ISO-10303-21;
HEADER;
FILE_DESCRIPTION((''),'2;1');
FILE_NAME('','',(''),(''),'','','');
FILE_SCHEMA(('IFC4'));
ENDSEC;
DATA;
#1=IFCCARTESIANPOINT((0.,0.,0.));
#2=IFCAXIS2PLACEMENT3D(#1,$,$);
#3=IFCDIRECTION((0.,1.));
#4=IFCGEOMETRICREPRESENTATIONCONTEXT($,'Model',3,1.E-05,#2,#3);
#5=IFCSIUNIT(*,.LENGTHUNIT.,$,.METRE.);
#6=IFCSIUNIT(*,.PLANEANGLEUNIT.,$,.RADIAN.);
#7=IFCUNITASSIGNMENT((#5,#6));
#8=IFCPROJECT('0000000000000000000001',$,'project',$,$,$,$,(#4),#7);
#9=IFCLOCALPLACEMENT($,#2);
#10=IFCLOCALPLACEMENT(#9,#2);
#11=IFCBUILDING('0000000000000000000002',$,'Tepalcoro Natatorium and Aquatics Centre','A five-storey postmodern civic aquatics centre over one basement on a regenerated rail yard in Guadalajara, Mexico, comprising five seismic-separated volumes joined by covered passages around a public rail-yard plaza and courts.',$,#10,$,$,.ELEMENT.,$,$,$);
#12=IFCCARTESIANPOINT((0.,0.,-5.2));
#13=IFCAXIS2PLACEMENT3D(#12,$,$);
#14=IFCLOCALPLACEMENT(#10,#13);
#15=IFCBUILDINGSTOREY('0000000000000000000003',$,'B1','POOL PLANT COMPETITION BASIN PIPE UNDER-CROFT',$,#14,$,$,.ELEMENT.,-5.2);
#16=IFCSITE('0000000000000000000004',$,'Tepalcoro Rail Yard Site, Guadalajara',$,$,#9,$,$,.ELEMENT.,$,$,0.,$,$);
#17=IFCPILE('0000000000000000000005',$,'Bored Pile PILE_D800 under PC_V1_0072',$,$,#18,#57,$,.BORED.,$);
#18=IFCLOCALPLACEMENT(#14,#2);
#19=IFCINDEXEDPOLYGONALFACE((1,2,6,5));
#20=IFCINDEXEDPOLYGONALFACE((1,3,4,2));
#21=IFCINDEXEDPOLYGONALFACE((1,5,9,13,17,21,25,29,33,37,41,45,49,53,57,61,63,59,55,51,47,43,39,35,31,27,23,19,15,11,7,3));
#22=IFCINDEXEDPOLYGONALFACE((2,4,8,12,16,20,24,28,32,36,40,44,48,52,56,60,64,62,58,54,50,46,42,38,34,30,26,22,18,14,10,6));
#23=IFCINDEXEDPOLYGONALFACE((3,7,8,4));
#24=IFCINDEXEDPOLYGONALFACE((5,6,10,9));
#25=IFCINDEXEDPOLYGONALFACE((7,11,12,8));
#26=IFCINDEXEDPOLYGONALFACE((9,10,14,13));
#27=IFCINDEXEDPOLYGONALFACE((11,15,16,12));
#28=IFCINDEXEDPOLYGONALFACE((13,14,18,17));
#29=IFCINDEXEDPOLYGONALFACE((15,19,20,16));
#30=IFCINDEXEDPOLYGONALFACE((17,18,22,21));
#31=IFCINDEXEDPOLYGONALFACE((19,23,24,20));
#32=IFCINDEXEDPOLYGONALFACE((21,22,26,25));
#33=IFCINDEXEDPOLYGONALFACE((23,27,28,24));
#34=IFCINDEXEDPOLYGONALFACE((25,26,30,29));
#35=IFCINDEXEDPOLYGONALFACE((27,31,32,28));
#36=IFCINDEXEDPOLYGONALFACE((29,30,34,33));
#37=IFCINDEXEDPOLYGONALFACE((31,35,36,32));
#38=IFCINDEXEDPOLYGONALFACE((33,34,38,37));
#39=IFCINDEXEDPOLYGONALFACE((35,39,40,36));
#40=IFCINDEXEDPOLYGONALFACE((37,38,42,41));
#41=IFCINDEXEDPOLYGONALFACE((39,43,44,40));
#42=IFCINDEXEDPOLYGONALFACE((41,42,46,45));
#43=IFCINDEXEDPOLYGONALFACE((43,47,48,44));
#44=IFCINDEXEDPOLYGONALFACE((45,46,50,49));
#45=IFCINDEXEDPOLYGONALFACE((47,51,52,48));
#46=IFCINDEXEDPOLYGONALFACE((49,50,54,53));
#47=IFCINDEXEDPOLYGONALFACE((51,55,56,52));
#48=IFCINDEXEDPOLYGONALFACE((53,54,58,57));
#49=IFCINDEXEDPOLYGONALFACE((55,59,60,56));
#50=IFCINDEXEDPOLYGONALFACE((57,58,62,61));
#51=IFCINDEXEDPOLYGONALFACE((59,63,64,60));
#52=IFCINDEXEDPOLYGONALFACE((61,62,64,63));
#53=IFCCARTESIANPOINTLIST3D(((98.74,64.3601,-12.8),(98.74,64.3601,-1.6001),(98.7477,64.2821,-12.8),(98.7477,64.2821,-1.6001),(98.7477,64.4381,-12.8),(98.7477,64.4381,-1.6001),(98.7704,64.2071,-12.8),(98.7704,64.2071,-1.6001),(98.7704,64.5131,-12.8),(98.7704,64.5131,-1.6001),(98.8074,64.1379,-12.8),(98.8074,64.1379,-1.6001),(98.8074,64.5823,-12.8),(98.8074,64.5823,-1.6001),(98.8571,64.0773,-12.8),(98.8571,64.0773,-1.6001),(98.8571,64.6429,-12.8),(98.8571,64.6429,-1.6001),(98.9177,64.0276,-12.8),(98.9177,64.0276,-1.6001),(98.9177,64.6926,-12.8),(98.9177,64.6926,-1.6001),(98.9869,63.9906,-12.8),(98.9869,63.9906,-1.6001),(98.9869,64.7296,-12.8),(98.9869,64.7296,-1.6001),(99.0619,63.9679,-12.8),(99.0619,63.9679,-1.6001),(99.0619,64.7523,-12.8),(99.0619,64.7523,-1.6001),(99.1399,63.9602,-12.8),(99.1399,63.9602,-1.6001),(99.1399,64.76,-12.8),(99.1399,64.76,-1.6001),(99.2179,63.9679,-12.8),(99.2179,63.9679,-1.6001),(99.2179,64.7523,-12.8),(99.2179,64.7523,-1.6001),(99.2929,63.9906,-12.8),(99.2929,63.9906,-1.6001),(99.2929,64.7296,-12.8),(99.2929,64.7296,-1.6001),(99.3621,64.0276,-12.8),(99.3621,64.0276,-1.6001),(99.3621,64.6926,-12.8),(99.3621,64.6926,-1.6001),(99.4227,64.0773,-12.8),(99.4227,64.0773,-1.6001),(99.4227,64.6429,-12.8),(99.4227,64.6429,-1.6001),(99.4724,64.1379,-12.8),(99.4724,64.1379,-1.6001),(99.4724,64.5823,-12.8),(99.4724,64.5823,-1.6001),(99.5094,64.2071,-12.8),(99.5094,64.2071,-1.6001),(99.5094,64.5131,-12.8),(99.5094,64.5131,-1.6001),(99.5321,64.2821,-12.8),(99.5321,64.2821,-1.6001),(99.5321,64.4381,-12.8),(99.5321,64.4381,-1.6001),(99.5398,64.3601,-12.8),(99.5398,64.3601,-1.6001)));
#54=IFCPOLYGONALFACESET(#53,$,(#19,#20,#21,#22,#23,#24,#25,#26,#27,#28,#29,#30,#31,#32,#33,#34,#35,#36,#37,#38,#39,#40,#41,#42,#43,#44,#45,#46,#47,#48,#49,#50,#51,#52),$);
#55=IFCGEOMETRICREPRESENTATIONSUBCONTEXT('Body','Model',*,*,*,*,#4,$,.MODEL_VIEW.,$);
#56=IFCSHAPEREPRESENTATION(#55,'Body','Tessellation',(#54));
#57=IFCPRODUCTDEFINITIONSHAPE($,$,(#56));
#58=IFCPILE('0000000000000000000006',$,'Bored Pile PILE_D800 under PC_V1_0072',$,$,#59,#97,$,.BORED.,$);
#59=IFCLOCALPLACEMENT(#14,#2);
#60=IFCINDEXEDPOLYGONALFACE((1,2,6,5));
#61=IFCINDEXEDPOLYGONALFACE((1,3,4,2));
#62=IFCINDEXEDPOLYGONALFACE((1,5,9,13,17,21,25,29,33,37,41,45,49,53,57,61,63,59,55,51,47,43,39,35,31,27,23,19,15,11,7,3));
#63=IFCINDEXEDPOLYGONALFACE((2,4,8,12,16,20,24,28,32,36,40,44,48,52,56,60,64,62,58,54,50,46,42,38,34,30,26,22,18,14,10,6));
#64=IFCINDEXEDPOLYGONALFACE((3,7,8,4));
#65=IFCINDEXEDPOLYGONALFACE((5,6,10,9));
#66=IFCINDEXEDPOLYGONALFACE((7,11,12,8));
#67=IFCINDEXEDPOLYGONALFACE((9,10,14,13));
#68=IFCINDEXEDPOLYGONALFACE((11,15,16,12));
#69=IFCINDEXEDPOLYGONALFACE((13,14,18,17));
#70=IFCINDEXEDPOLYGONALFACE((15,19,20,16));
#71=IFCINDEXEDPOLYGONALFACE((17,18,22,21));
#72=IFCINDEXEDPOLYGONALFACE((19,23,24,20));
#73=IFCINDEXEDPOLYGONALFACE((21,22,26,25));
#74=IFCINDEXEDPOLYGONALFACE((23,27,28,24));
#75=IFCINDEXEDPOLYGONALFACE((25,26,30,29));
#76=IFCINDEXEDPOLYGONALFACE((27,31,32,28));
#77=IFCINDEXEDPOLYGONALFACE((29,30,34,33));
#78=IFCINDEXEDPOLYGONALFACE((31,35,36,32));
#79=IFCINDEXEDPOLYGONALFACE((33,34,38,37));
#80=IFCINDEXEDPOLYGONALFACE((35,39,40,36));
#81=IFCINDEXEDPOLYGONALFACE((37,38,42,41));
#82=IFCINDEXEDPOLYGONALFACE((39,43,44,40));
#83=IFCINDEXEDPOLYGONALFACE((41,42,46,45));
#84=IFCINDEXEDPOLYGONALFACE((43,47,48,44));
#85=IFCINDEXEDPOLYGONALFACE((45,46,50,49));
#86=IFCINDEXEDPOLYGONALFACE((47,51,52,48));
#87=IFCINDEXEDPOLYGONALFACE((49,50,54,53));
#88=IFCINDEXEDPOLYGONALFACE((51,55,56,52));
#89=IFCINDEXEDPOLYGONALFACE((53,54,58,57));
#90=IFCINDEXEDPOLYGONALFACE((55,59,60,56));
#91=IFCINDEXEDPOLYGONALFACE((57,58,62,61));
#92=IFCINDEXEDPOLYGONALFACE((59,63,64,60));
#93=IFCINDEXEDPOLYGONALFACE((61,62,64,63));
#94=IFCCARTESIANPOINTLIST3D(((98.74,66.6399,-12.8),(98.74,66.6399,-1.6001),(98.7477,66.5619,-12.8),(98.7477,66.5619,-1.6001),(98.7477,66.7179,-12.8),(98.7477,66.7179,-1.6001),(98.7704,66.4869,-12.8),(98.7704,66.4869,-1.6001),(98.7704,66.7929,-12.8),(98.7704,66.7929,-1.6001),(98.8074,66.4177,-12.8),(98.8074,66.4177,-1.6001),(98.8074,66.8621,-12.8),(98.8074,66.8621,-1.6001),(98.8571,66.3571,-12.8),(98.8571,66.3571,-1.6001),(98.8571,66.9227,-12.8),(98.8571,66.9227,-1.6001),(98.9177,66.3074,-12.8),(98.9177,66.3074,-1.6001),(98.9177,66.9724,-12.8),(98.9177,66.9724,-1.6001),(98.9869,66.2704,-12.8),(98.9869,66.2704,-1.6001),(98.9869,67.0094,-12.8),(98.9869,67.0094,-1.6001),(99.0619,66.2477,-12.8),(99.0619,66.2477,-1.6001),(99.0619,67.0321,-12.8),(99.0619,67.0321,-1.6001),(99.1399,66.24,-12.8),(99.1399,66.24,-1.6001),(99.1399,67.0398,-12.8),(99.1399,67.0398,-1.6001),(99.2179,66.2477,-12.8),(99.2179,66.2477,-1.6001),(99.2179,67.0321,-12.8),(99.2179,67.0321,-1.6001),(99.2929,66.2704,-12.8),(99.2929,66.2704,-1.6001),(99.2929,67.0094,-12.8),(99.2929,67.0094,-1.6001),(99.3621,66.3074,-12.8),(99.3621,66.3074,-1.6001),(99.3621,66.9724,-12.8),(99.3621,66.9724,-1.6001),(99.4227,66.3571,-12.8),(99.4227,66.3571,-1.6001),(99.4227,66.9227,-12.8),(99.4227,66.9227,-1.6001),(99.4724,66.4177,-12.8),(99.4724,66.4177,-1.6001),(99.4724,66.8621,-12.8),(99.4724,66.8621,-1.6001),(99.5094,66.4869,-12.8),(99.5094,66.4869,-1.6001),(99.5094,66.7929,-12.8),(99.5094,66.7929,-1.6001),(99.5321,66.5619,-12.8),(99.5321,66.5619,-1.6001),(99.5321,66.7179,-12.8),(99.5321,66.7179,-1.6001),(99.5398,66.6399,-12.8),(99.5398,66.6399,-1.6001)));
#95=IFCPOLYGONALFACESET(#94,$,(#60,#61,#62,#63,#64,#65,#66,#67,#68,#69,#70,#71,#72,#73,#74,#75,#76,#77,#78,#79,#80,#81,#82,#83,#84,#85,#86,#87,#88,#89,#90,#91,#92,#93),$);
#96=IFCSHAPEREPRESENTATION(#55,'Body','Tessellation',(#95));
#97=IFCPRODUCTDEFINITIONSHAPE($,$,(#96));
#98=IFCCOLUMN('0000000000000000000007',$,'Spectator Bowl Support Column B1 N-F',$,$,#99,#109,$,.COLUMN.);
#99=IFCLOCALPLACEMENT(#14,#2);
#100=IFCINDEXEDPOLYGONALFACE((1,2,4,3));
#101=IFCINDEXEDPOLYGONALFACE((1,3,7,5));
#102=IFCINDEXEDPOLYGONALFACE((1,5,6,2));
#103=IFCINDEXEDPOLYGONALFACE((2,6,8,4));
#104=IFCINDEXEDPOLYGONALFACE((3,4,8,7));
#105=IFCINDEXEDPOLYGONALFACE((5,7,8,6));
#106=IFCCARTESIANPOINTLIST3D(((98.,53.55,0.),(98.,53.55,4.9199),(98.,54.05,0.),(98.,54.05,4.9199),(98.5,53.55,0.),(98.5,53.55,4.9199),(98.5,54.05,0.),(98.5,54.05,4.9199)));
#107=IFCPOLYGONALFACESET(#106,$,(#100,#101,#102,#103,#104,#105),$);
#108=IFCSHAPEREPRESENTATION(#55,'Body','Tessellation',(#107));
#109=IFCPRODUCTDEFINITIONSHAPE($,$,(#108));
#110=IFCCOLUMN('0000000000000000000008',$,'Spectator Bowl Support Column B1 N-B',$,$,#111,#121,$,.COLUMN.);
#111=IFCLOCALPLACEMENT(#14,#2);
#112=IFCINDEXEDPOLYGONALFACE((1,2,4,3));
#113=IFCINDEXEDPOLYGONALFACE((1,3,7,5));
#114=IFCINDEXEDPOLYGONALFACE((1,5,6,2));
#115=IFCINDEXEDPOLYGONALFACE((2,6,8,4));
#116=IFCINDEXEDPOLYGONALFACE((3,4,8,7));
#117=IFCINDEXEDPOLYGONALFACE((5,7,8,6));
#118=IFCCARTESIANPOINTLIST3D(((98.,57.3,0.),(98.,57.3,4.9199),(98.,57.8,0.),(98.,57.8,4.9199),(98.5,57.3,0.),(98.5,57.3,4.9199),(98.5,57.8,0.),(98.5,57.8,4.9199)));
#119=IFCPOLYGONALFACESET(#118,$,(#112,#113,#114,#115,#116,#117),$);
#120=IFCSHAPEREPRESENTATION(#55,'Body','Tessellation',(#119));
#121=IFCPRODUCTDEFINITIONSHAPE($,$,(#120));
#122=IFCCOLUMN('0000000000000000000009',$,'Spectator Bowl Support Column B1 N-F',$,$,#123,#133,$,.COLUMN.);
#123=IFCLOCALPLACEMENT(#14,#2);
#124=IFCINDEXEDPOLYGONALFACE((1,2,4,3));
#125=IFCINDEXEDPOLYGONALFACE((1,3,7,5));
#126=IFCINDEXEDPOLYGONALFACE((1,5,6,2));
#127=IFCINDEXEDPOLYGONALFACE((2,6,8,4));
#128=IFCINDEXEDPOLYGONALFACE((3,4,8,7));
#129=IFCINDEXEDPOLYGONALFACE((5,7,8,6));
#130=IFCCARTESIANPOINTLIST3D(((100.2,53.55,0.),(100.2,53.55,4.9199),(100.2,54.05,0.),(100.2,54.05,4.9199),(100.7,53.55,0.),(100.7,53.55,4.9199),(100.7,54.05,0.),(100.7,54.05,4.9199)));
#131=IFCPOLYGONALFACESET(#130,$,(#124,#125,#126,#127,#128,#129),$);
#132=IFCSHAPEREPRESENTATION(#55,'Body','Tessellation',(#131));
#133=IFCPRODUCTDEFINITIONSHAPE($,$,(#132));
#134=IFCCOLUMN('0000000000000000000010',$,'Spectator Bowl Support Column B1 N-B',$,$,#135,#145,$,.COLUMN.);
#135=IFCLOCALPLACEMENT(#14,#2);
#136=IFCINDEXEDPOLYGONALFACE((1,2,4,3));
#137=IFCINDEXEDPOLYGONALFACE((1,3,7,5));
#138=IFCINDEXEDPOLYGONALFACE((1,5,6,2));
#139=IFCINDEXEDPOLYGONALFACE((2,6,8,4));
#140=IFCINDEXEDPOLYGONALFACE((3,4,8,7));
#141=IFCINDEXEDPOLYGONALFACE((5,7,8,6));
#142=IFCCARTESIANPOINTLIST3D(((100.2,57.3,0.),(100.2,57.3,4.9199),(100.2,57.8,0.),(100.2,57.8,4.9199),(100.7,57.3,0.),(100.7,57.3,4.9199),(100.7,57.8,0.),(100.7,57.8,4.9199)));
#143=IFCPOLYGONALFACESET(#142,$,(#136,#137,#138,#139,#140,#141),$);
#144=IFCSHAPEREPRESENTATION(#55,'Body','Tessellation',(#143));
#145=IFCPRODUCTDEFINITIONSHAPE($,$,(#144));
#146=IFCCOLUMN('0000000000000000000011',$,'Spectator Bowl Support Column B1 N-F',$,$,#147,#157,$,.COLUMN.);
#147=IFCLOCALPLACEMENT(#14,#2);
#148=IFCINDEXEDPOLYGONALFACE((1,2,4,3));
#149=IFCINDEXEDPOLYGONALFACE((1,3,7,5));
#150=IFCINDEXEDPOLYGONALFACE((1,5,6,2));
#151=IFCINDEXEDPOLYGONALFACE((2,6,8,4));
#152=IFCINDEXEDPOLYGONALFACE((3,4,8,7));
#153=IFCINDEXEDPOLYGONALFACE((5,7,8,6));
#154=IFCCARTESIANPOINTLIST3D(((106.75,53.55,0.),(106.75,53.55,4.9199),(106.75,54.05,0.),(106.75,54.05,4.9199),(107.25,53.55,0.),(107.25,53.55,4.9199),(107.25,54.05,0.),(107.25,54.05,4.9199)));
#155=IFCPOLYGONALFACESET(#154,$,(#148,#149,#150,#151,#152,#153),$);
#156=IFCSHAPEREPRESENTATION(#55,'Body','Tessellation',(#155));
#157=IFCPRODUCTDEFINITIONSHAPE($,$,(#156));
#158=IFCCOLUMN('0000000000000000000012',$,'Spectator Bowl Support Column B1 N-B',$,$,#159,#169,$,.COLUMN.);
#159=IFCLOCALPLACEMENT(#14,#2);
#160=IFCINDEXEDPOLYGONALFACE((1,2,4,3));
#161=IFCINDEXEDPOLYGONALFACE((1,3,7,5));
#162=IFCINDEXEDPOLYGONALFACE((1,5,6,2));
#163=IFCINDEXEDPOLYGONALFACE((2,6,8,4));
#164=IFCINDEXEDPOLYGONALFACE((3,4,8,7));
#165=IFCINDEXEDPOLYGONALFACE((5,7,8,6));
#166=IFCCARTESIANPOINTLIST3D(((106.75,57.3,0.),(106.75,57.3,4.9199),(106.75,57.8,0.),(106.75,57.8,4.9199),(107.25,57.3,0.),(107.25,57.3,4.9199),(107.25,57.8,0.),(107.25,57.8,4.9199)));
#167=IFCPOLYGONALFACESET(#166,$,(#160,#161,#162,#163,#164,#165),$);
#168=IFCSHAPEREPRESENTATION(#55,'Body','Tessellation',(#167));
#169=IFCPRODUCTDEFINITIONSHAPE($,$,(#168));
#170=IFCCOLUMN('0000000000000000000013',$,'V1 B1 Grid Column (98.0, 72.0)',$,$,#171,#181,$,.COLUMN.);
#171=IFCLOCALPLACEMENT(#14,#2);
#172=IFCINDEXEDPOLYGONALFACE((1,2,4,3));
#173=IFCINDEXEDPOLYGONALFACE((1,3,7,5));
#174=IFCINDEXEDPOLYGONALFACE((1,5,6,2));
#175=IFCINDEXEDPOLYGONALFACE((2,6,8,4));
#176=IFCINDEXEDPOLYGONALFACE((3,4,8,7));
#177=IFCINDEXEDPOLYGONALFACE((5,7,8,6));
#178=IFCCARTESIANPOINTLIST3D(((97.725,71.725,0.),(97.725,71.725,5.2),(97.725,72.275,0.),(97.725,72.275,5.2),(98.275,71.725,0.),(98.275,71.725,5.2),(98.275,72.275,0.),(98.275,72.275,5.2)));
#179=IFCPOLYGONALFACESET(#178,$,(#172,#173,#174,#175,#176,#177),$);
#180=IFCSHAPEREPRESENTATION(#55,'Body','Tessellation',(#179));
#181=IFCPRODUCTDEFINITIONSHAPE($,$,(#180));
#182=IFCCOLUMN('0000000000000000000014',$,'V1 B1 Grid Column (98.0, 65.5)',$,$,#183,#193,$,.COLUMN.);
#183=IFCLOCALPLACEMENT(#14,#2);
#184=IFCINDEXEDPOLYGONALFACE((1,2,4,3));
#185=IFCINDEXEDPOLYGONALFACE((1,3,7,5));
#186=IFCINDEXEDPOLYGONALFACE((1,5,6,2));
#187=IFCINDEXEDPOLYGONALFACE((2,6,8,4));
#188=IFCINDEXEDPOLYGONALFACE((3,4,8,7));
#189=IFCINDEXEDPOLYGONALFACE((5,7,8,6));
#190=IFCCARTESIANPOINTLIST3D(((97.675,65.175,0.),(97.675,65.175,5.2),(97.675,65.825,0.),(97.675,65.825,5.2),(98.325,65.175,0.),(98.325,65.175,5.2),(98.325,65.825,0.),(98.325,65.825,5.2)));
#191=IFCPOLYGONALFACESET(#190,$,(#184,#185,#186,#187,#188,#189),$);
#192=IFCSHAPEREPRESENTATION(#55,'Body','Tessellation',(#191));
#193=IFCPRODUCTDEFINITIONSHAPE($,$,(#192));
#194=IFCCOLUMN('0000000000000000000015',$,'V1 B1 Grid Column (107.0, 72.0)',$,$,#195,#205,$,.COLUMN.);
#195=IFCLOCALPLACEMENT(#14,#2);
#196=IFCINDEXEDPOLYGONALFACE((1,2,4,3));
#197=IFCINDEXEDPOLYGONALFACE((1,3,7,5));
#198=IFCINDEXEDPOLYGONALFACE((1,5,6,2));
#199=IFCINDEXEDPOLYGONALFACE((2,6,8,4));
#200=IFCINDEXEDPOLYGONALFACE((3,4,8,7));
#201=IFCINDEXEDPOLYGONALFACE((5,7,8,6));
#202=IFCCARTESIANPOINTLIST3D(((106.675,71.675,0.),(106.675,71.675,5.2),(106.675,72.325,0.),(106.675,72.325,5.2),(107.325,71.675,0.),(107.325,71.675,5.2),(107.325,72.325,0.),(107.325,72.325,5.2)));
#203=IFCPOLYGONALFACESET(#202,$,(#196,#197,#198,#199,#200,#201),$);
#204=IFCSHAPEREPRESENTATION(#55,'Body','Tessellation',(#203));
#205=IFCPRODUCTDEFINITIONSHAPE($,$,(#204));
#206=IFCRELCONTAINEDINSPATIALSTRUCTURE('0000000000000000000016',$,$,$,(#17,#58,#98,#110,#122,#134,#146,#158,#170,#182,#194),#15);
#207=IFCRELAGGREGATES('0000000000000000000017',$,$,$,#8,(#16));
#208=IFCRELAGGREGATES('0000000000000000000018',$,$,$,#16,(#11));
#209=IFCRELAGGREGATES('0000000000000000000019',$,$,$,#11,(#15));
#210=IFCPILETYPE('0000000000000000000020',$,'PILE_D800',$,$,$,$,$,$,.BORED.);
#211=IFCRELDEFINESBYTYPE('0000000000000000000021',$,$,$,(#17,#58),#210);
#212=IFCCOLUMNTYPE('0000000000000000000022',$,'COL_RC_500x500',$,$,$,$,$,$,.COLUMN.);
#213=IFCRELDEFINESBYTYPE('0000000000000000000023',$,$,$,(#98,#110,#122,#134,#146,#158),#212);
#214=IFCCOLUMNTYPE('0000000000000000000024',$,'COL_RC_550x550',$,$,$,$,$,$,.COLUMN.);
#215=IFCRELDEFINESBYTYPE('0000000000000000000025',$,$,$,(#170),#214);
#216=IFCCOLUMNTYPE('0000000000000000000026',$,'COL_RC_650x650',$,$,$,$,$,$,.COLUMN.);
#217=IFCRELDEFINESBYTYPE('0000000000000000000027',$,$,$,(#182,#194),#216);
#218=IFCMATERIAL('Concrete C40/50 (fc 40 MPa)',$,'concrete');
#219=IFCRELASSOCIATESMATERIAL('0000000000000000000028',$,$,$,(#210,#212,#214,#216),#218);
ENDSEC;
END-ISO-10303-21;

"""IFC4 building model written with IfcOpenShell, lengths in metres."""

from ifc_helpers import new_model, si_unit, direction, frame, origin, origin_2d, place, context, subcontext, project, spatial, rectangle, circle, extrude, material, material_profile, profile_set, type_object, element, save


model = new_model("IFC4")

# Units and contexts
model_context = context("Model", 3, precision=1e-05, world=origin(), true_north=direction((0.0, 1.0)))
body_context = subcontext(model_context, "Body", "Model", "MODEL_VIEW")
ifc_project = project(units=[si_unit("LENGTHUNIT", "METRE"), si_unit("PLANEANGLEUNIT", "RADIAN")], contexts=[model_context])

# Site, building, storey
site_placement = place(None, origin())
site = spatial("IfcSite", under=ifc_project, at=site_placement, Name="Tepalcoro Rail Yard Site, Guadalajara", CompositionType="ELEMENT", RefElevation=0.0)
building_placement = place(site_placement, origin())
building = spatial("IfcBuilding", under=site, at=building_placement, Name="Tepalcoro Natatorium and Aquatics Centre", Description="A five-storey postmodern civic aquatics centre over one basement on a regenerated rail yard in Guadalajara, Mexico, comprising five seismic-separated volumes joined by covered passages around a public rail-yard plaza and courts.", CompositionType="ELEMENT")
storey_placement = place(building_placement, frame((0.0, 0.0, -5.2)))
storey = spatial("IfcBuildingStorey", under=building, at=storey_placement, Name="B1", Description="POOL PLANT COMPETITION BASIN PIPE UNDER-CROFT", CompositionType="ELEMENT", Elevation=-5.2)

# Piles
ifc_material_1 = material(Name="Concrete C40/50 (fc 40 MPa)", Category="concrete")
ifc_material_profile_1 = material_profile(ifc_material_1, circle(Radius=0.3999, at=origin_2d()), Name="PILE_D800")
ifc_profile_set_1 = profile_set([ifc_material_profile_1], Name="Concrete C40/50 (fc 40 MPa)")
pile_type_1 = type_object("IfcPileType", Name="PILE_D800", PredefinedType="BORED", material=ifc_profile_set_1)
for number, where, z_axis, x_axis, name in (
    (1, (99.1399, 64.3601, -1.6001), (0.0, 0.0, -1.0), (1.0, 0.0, 0.0), "Bored Pile PILE_D800 under PC_V1_0072"),
    (2, (99.1399, 66.6399, -1.6001), (0.0, 0.0, -1.0), (1.0, 0.0, 0.0), "Bored Pile PILE_D800 under PC_V1_0072"),
):
    element("IfcPile", number, at=place(storey_placement, frame(where, z_axis=z_axis, x_axis=x_axis)), inside=storey, type_object=pile_type_1, Name=name, PredefinedType="BORED", context=body_context, shape_type="SweptSolid", body=[
        extrude(circle(Radius=0.3999, at=origin_2d()), origin(), (0.0, 0.0, 1.0), 11.2),
    ])

# Columns
ifc_material_profile_2 = material_profile(ifc_material_1, rectangle(XDim=0.5, YDim=0.5, at=origin_2d()), Name="RC500x500")
ifc_profile_set_2 = profile_set([ifc_material_profile_2], Name="Concrete C40/50 (fc 40 MPa)")
column_type_1 = type_object("IfcColumnType", Name="COL_RC_500x500", PredefinedType="COLUMN", material=ifc_profile_set_2)
for number, where, z_axis, x_axis, name in (
    (3, (98.25, 53.8, 0.0), (0.0, 0.0, 1.0), (1.0, 0.0, 0.0), "Spectator Bowl Support Column B1 N-F"),
    (4, (98.25, 57.55, 0.0), (0.0, 0.0, 1.0), (1.0, 0.0, 0.0), "Spectator Bowl Support Column B1 N-B"),
    (5, (100.45, 53.8, 0.0), (0.0, 0.0, 1.0), (1.0, 0.0, 0.0), "Spectator Bowl Support Column B1 N-F"),
    (6, (100.45, 57.55, 0.0), (0.0, 0.0, 1.0), (1.0, 0.0, 0.0), "Spectator Bowl Support Column B1 N-B"),
    (7, (107.0, 53.8, 0.0), (0.0, 0.0, 1.0), (1.0, 0.0, 0.0), "Spectator Bowl Support Column B1 N-F"),
    (8, (107.0, 57.55, 0.0), (0.0, 0.0, 1.0), (1.0, 0.0, 0.0), "Spectator Bowl Support Column B1 N-B"),
):
    element("IfcColumn", number, at=place(storey_placement, frame(where, z_axis=z_axis, x_axis=x_axis)), inside=storey, type_object=column_type_1, Name=name, PredefinedType="COLUMN", context=body_context, shape_type="SweptSolid", body=[
        extrude(rectangle(XDim=0.5, YDim=0.5, at=origin_2d()), origin(), (0.0, 0.0, 1.0), 4.9199),
    ])
ifc_material_profile_3 = material_profile(ifc_material_1, rectangle(XDim=0.55, YDim=0.55, at=origin_2d()), Name="RC550x550")
ifc_profile_set_3 = profile_set([ifc_material_profile_3], Name="Concrete C40/50 (fc 40 MPa)")
column_type_2 = type_object("IfcColumnType", Name="COL_RC_550x550", PredefinedType="COLUMN", material=ifc_profile_set_3)
column_1_placement = place(storey_placement, frame((98.0, 72.0, 0.0), z_axis=(0.0, 0.0, 1.0), x_axis=(1.0, 0.0, 0.0)))
element("IfcColumn", 9, at=column_1_placement, inside=storey, type_object=column_type_2, Name="V1 B1 Grid Column (98.0, 72.0)", PredefinedType="COLUMN", context=body_context, shape_type="SweptSolid", body=[
    extrude(rectangle(XDim=0.55, YDim=0.55, at=origin_2d()), origin(), (0.0, 0.0, 1.0), 5.2),
])
ifc_material_profile_4 = material_profile(ifc_material_1, rectangle(XDim=0.6499, YDim=0.6499, at=origin_2d()), Name="RC650x650")
ifc_profile_set_4 = profile_set([ifc_material_profile_4], Name="Concrete C40/50 (fc 40 MPa)")
column_type_3 = type_object("IfcColumnType", Name="COL_RC_650x650", PredefinedType="COLUMN", material=ifc_profile_set_4)
for number, where, z_axis, x_axis, name in (
    (10, (98.0, 65.5, 0.0), (0.0, 0.0, 1.0), (1.0, 0.0, 0.0), "V1 B1 Grid Column (98.0, 65.5)"),
    (11, (107.0, 72.0, 0.0), (0.0, 0.0, 1.0), (1.0, 0.0, 0.0), "V1 B1 Grid Column (107.0, 72.0)"),
):
    element("IfcColumn", number, at=place(storey_placement, frame(where, z_axis=z_axis, x_axis=x_axis)), inside=storey, type_object=column_type_3, Name=name, PredefinedType="COLUMN", context=body_context, shape_type="SweptSolid", body=[
        extrude(rectangle(XDim=0.6499, YDim=0.6499, at=origin_2d()), origin(), (0.0, 0.0, 1.0), 5.2),
    ])

save(model, "model.ifc")
